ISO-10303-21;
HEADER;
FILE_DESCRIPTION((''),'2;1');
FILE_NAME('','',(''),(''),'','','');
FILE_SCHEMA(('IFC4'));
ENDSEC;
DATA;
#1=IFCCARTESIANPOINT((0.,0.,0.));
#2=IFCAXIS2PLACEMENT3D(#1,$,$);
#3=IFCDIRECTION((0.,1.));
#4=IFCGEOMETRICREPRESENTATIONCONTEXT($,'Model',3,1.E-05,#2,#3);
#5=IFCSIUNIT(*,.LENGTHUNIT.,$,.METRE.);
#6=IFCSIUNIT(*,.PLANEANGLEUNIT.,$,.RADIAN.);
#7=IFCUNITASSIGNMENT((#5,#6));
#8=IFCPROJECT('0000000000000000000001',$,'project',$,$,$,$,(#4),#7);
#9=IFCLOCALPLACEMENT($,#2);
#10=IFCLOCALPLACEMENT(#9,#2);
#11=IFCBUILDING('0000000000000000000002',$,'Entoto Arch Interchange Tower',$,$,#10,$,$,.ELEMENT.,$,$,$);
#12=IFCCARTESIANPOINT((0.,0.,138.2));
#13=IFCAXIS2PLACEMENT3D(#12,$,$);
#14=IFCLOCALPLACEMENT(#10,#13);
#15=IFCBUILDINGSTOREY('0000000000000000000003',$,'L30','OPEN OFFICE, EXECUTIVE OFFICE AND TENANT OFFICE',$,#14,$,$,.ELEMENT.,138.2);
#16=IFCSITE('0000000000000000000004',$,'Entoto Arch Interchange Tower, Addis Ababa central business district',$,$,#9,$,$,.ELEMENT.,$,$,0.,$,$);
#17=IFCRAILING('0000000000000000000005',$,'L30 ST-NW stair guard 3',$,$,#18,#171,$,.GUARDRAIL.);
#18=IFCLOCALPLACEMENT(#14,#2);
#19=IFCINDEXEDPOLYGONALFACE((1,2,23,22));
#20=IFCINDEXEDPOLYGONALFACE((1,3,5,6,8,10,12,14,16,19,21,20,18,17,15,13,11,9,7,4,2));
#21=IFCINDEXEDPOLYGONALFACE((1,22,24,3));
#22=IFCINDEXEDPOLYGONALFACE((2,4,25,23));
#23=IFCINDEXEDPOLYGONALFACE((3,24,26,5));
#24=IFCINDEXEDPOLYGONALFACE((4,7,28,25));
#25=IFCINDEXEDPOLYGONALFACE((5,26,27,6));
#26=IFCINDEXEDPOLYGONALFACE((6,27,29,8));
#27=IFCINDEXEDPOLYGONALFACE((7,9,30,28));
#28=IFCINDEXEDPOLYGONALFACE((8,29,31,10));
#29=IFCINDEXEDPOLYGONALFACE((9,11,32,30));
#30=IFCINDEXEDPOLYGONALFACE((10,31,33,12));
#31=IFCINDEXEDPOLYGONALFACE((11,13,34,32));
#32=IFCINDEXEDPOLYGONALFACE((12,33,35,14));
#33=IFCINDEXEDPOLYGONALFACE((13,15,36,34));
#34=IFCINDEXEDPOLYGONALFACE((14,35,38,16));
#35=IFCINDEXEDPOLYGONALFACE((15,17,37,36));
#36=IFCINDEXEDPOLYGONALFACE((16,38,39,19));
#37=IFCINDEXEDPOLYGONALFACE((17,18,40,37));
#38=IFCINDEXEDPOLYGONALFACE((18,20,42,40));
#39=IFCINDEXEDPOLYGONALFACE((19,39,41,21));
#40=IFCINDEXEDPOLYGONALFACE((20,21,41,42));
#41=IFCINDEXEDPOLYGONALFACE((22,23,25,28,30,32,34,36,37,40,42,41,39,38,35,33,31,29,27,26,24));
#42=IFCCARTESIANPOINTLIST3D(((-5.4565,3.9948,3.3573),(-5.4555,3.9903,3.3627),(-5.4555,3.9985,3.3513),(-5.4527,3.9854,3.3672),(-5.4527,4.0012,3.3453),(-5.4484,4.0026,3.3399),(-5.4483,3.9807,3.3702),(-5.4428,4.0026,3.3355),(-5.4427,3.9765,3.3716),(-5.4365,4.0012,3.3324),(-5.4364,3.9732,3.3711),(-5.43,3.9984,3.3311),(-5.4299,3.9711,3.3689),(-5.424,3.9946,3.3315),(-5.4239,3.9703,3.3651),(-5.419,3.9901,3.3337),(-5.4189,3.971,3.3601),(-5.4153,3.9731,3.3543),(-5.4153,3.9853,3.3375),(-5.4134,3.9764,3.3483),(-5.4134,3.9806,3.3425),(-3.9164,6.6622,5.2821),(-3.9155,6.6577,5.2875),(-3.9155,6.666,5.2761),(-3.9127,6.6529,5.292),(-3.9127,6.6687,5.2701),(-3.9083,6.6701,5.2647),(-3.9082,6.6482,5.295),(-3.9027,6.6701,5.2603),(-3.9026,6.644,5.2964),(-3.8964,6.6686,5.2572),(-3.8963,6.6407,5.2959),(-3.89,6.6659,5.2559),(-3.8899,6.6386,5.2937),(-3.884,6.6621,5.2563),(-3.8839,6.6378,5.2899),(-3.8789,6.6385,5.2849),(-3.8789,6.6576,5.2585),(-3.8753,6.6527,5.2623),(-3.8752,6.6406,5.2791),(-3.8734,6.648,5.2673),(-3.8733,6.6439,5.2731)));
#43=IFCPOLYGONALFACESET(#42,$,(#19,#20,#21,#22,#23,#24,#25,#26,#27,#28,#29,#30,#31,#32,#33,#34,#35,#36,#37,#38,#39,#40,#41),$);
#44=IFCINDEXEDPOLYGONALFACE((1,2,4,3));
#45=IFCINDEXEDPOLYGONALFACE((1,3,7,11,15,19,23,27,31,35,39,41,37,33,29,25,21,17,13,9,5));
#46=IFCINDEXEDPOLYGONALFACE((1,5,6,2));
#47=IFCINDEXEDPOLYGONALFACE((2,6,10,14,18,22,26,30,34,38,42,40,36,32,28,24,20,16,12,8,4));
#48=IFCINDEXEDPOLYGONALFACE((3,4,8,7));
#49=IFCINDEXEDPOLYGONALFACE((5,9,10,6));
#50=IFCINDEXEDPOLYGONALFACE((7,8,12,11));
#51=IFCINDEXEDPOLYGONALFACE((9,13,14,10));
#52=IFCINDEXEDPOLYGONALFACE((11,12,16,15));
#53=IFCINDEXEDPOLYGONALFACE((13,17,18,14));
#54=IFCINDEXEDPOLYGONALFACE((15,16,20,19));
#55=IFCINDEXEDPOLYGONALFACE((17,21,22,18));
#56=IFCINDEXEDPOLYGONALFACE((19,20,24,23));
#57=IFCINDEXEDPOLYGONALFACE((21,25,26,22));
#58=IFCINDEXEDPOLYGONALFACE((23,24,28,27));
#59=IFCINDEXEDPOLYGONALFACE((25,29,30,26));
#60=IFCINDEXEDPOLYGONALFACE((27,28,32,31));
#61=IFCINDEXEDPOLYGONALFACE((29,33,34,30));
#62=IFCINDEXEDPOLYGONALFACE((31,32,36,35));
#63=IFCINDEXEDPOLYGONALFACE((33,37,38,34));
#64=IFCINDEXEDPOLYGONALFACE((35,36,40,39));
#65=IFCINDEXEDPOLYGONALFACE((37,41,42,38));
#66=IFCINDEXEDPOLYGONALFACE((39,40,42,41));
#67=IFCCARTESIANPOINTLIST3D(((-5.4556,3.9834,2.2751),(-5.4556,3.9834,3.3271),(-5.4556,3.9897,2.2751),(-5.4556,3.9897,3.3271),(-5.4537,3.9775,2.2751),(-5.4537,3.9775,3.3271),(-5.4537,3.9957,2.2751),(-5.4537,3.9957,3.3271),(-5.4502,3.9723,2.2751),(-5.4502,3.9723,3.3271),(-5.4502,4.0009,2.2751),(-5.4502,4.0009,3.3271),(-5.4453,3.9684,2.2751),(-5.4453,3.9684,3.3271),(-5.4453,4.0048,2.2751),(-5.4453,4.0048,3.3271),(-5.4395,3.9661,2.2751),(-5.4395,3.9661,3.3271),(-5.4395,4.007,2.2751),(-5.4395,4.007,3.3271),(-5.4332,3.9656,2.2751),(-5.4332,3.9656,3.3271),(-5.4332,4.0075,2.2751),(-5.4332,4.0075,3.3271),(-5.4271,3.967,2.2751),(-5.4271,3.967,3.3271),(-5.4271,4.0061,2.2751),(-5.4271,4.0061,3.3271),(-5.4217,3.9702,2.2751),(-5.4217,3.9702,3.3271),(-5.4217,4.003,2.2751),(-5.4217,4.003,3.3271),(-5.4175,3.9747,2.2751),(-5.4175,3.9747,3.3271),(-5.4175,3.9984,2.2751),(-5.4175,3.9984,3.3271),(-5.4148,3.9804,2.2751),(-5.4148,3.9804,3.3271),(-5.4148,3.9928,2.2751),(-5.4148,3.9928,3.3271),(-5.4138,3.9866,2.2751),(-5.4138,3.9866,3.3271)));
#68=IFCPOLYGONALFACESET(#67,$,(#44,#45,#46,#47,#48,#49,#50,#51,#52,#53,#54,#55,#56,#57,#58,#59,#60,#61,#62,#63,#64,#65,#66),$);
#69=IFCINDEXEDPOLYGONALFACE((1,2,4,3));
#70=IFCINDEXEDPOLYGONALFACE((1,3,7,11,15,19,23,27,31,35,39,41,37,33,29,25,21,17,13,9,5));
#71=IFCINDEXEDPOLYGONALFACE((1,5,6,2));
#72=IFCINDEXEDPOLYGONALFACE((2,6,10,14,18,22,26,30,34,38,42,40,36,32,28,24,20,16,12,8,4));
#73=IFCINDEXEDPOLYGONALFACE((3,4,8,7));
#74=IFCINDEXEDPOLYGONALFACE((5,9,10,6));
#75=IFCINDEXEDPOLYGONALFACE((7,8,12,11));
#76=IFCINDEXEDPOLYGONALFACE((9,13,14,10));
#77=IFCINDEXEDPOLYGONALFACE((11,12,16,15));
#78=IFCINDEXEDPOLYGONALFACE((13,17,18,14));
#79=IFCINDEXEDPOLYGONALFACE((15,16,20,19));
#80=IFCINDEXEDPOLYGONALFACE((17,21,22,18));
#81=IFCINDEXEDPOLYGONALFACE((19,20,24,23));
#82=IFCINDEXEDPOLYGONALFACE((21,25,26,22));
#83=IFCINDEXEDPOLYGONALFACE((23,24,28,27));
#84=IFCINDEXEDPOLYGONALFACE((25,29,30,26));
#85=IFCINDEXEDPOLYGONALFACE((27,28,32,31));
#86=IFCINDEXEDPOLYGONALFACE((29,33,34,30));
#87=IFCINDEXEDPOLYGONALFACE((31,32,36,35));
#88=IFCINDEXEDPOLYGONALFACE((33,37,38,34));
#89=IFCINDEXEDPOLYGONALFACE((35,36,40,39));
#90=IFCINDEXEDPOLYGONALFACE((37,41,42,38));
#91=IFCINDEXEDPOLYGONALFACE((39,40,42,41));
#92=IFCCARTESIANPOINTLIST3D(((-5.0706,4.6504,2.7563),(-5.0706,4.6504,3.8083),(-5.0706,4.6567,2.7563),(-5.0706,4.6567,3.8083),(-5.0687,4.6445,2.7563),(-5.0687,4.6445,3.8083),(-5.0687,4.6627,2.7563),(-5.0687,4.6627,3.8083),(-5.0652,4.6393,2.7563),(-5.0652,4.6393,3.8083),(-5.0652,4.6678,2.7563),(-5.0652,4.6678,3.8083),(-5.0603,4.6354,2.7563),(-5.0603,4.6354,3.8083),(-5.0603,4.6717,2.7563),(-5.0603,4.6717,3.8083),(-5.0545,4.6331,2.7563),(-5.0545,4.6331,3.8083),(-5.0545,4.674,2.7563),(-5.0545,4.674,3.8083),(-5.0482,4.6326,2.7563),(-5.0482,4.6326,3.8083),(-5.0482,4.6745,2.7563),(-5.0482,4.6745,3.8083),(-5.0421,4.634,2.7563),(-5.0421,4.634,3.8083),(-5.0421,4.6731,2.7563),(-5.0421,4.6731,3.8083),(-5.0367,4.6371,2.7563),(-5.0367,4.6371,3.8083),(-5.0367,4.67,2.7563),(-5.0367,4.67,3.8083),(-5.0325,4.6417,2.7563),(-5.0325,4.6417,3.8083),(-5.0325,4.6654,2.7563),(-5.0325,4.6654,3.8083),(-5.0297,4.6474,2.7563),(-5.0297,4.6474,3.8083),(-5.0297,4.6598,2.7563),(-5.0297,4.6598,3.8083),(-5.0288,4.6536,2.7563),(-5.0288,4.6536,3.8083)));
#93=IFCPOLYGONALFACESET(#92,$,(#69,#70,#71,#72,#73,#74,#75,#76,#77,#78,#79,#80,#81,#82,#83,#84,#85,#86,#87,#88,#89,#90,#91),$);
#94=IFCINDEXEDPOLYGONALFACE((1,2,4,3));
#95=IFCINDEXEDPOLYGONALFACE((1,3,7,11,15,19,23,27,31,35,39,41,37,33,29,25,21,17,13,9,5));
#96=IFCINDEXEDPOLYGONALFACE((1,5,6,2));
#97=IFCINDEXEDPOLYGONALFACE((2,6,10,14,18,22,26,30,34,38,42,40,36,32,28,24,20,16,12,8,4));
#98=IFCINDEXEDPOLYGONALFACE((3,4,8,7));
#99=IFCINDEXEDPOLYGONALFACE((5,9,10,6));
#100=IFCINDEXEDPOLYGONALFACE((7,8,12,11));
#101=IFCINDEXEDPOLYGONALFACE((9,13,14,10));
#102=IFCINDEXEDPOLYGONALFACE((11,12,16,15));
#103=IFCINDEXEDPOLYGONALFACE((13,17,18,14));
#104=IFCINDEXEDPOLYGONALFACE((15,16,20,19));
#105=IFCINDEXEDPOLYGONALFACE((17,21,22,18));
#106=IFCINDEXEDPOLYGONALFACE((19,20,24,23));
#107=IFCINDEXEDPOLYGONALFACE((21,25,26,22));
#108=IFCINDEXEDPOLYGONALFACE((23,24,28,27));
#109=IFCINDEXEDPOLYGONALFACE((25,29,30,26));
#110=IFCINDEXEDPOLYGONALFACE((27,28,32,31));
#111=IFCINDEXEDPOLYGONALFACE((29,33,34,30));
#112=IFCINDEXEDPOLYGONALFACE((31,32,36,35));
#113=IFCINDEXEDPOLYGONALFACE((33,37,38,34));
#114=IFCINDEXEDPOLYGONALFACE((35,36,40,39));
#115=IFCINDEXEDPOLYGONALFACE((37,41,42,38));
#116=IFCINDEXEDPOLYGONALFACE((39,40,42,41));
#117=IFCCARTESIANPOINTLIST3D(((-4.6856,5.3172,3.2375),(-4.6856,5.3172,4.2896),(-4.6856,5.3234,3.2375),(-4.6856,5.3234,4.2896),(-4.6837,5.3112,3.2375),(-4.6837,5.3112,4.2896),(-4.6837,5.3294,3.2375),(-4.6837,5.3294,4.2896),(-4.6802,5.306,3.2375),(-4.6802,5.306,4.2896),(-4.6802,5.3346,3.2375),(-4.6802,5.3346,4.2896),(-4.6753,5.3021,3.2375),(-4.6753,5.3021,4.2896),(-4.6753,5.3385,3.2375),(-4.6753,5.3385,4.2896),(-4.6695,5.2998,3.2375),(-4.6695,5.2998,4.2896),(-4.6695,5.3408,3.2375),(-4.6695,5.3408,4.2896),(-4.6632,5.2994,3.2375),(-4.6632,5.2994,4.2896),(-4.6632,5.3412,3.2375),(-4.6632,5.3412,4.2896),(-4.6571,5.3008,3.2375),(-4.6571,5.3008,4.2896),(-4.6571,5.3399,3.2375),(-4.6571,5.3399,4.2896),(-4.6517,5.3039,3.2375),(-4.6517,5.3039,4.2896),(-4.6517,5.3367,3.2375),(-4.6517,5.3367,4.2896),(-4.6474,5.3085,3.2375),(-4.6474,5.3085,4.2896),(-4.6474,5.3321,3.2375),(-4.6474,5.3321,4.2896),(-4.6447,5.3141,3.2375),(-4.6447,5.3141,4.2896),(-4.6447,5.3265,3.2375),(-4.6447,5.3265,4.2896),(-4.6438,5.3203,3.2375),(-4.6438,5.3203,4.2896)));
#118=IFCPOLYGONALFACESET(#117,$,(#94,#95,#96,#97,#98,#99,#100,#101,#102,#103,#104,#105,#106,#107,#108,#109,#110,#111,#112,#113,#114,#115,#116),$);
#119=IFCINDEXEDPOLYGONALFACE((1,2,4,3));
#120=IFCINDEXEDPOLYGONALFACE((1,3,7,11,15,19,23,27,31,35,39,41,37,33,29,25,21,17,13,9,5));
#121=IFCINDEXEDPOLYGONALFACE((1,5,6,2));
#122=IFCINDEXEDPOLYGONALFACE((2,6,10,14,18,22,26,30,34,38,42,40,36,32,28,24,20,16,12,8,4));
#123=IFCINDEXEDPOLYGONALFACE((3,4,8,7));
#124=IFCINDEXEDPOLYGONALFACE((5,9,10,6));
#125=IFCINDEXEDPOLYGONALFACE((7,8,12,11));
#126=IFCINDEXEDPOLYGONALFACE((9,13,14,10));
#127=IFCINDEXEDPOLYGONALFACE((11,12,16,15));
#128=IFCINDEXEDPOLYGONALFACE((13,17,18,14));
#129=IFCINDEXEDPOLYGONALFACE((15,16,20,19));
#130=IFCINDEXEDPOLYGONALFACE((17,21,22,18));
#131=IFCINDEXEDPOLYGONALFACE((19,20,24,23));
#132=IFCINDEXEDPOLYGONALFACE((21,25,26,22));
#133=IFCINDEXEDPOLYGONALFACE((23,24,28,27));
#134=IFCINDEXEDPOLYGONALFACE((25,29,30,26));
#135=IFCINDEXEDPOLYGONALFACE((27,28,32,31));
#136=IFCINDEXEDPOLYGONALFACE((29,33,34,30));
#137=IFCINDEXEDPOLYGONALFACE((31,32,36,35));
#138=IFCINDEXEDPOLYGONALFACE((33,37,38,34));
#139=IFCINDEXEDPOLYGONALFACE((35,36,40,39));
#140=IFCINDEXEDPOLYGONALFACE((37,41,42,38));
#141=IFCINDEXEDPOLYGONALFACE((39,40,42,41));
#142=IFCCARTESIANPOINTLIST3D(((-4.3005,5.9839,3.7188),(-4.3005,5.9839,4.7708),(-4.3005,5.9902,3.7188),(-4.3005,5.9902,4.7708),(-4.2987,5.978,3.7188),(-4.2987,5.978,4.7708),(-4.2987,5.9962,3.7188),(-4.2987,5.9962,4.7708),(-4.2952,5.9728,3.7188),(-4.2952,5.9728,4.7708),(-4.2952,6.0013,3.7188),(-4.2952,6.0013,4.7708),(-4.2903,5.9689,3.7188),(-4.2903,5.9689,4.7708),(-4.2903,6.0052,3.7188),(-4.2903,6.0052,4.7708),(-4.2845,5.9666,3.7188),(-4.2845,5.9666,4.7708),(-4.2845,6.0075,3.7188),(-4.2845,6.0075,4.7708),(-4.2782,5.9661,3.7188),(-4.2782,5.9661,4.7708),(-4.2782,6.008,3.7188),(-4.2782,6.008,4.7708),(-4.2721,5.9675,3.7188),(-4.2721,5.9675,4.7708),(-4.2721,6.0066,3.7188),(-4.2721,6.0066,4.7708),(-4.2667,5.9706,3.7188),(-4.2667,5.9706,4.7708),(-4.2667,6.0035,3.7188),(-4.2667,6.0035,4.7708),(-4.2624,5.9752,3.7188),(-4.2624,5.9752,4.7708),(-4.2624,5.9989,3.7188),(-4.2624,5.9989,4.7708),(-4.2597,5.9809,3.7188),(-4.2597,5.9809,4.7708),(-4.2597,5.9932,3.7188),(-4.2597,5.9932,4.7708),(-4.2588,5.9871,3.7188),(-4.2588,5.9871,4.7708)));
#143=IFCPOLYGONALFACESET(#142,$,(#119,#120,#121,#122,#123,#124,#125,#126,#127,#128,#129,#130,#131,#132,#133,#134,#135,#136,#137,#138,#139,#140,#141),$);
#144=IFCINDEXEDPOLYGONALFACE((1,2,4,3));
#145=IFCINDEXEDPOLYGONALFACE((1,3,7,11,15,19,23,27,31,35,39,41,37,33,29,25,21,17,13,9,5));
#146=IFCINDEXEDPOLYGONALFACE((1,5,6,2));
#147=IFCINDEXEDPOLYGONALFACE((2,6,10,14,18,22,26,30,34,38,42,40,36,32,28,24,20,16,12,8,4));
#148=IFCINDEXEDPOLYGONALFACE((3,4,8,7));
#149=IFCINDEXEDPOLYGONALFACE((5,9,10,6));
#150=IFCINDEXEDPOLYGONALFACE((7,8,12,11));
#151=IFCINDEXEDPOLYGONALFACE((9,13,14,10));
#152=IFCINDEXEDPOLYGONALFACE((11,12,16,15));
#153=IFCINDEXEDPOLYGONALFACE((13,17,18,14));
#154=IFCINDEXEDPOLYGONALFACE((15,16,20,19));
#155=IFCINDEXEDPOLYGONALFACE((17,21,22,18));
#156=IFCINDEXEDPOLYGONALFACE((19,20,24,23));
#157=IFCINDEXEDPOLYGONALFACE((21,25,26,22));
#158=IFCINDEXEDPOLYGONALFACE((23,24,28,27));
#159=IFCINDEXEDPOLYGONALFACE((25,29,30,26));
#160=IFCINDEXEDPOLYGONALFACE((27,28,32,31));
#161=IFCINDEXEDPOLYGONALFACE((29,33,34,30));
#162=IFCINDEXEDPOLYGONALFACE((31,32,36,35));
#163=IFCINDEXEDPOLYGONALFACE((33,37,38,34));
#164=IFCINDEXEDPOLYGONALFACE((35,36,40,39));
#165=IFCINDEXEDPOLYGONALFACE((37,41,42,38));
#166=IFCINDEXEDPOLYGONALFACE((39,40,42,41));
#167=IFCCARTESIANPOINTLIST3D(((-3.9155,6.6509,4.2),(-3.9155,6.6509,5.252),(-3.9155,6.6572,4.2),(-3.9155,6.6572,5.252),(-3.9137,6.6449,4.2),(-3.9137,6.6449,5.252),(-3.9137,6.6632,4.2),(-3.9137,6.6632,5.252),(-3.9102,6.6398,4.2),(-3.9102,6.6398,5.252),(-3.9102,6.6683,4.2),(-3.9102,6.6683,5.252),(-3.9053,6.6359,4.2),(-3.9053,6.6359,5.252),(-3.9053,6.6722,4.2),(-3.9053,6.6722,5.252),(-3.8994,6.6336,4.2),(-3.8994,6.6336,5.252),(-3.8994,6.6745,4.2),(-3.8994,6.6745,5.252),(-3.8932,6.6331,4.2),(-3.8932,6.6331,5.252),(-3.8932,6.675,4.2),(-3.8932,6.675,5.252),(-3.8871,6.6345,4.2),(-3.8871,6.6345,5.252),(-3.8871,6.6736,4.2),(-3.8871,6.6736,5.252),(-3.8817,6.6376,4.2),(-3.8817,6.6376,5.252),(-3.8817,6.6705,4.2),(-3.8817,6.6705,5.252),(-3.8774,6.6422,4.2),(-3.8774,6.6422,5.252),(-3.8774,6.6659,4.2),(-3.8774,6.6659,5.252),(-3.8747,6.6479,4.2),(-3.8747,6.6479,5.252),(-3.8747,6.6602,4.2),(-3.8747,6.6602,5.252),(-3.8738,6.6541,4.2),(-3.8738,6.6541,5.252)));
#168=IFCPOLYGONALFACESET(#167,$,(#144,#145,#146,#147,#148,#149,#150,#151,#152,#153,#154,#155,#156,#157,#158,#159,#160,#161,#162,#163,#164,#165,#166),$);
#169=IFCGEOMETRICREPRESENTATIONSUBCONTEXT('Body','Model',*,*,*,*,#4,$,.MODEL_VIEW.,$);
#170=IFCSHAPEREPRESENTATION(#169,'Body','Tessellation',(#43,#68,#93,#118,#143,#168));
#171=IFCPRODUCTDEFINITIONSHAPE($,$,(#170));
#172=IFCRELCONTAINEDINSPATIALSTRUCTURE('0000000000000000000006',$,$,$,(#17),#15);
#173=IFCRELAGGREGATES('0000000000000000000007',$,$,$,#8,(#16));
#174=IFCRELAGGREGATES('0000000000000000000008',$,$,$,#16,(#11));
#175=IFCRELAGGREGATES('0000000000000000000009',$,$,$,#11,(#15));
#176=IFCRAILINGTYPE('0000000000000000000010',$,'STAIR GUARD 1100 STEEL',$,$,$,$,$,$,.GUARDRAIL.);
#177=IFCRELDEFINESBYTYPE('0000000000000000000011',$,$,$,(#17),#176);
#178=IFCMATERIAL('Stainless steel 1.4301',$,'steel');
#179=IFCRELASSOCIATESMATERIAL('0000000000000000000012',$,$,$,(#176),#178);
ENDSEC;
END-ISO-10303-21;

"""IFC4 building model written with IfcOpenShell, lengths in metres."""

from ifc_helpers import new_model, si_unit, direction, frame, origin, origin_2d, place, context, subcontext, project, spatial, circle, extrude, material, type_object, element, save


model = new_model("IFC4")

# Units and contexts
model_context = context("Model", 3, precision=1e-05, world=origin(), true_north=direction((0.0, 1.0)))
body_context = subcontext(model_context, "Body", "Model", "MODEL_VIEW")
ifc_project = project(units=[si_unit("LENGTHUNIT", "METRE"), si_unit("PLANEANGLEUNIT", "RADIAN")], contexts=[model_context])

# Site, building, storey
site_placement = place(None, origin())
site = spatial("IfcSite", under=ifc_project, at=site_placement, Name="Entoto Arch Interchange Tower, Addis Ababa central business district", CompositionType="ELEMENT", RefElevation=0.0)
building_placement = place(site_placement, origin())
building = spatial("IfcBuilding", under=site, at=building_placement, Name="Entoto Arch Interchange Tower", CompositionType="ELEMENT")
storey_placement = place(building_placement, frame((0.0, 0.0, 138.2)))
storey = spatial("IfcBuildingStorey", under=building, at=storey_placement, Name="L30", Description="OPEN OFFICE, EXECUTIVE OFFICE AND TENANT OFFICE", CompositionType="ELEMENT", Elevation=138.2)

# Railing
ifc_material_1 = material(Name="Stainless steel 1.4301", Category="steel")
railing_type_1 = type_object("IfcRailingType", Name="STAIR GUARD 1100 STEEL", PredefinedType="GUARDRAIL", material=ifc_material_1)
railing_1_placement = place(storey_placement, frame((-5.4348, 3.9866, 2.2751)))
element("IfcRailing", 1, at=railing_1_placement, inside=storey, type_object=railing_type_1, Name="L30 ST-NW stair guard 3", PredefinedType="GUARDRAIL", context=body_context, shape_type="SweptSolid", body=[
    extrude(circle(Radius=0.0239, at=origin_2d()), frame((0.0, 0.0, 1.0762), z_axis=(0.42401, 0.734421, 0.529945), x_axis=(-0.86603, 0.499992, 0.0)), (0.0, 0.0, 1.0), 3.6321),
    extrude(circle(Radius=0.021, at=origin_2d()), origin(), (0.0, 0.0, 1.0), 1.052),
    extrude(circle(Radius=0.021, at=origin_2d()), frame((0.385, 0.667, 0.4812)), (0.0, 0.0, 1.0), 1.052),
    extrude(circle(Radius=0.021, at=origin_2d()), frame((0.77, 1.3337, 0.9624)), (0.0, 0.0, 1.0), 1.052),
    extrude(circle(Radius=0.021, at=origin_2d()), frame((1.155, 2.0005, 1.4436)), (0.0, 0.0, 1.0), 1.052),
    extrude(circle(Radius=0.021, at=origin_2d()), frame((1.54, 2.6675, 1.9248)), (0.0, 0.0, 1.0), 1.052),
])

save(model, "model.ifc")
